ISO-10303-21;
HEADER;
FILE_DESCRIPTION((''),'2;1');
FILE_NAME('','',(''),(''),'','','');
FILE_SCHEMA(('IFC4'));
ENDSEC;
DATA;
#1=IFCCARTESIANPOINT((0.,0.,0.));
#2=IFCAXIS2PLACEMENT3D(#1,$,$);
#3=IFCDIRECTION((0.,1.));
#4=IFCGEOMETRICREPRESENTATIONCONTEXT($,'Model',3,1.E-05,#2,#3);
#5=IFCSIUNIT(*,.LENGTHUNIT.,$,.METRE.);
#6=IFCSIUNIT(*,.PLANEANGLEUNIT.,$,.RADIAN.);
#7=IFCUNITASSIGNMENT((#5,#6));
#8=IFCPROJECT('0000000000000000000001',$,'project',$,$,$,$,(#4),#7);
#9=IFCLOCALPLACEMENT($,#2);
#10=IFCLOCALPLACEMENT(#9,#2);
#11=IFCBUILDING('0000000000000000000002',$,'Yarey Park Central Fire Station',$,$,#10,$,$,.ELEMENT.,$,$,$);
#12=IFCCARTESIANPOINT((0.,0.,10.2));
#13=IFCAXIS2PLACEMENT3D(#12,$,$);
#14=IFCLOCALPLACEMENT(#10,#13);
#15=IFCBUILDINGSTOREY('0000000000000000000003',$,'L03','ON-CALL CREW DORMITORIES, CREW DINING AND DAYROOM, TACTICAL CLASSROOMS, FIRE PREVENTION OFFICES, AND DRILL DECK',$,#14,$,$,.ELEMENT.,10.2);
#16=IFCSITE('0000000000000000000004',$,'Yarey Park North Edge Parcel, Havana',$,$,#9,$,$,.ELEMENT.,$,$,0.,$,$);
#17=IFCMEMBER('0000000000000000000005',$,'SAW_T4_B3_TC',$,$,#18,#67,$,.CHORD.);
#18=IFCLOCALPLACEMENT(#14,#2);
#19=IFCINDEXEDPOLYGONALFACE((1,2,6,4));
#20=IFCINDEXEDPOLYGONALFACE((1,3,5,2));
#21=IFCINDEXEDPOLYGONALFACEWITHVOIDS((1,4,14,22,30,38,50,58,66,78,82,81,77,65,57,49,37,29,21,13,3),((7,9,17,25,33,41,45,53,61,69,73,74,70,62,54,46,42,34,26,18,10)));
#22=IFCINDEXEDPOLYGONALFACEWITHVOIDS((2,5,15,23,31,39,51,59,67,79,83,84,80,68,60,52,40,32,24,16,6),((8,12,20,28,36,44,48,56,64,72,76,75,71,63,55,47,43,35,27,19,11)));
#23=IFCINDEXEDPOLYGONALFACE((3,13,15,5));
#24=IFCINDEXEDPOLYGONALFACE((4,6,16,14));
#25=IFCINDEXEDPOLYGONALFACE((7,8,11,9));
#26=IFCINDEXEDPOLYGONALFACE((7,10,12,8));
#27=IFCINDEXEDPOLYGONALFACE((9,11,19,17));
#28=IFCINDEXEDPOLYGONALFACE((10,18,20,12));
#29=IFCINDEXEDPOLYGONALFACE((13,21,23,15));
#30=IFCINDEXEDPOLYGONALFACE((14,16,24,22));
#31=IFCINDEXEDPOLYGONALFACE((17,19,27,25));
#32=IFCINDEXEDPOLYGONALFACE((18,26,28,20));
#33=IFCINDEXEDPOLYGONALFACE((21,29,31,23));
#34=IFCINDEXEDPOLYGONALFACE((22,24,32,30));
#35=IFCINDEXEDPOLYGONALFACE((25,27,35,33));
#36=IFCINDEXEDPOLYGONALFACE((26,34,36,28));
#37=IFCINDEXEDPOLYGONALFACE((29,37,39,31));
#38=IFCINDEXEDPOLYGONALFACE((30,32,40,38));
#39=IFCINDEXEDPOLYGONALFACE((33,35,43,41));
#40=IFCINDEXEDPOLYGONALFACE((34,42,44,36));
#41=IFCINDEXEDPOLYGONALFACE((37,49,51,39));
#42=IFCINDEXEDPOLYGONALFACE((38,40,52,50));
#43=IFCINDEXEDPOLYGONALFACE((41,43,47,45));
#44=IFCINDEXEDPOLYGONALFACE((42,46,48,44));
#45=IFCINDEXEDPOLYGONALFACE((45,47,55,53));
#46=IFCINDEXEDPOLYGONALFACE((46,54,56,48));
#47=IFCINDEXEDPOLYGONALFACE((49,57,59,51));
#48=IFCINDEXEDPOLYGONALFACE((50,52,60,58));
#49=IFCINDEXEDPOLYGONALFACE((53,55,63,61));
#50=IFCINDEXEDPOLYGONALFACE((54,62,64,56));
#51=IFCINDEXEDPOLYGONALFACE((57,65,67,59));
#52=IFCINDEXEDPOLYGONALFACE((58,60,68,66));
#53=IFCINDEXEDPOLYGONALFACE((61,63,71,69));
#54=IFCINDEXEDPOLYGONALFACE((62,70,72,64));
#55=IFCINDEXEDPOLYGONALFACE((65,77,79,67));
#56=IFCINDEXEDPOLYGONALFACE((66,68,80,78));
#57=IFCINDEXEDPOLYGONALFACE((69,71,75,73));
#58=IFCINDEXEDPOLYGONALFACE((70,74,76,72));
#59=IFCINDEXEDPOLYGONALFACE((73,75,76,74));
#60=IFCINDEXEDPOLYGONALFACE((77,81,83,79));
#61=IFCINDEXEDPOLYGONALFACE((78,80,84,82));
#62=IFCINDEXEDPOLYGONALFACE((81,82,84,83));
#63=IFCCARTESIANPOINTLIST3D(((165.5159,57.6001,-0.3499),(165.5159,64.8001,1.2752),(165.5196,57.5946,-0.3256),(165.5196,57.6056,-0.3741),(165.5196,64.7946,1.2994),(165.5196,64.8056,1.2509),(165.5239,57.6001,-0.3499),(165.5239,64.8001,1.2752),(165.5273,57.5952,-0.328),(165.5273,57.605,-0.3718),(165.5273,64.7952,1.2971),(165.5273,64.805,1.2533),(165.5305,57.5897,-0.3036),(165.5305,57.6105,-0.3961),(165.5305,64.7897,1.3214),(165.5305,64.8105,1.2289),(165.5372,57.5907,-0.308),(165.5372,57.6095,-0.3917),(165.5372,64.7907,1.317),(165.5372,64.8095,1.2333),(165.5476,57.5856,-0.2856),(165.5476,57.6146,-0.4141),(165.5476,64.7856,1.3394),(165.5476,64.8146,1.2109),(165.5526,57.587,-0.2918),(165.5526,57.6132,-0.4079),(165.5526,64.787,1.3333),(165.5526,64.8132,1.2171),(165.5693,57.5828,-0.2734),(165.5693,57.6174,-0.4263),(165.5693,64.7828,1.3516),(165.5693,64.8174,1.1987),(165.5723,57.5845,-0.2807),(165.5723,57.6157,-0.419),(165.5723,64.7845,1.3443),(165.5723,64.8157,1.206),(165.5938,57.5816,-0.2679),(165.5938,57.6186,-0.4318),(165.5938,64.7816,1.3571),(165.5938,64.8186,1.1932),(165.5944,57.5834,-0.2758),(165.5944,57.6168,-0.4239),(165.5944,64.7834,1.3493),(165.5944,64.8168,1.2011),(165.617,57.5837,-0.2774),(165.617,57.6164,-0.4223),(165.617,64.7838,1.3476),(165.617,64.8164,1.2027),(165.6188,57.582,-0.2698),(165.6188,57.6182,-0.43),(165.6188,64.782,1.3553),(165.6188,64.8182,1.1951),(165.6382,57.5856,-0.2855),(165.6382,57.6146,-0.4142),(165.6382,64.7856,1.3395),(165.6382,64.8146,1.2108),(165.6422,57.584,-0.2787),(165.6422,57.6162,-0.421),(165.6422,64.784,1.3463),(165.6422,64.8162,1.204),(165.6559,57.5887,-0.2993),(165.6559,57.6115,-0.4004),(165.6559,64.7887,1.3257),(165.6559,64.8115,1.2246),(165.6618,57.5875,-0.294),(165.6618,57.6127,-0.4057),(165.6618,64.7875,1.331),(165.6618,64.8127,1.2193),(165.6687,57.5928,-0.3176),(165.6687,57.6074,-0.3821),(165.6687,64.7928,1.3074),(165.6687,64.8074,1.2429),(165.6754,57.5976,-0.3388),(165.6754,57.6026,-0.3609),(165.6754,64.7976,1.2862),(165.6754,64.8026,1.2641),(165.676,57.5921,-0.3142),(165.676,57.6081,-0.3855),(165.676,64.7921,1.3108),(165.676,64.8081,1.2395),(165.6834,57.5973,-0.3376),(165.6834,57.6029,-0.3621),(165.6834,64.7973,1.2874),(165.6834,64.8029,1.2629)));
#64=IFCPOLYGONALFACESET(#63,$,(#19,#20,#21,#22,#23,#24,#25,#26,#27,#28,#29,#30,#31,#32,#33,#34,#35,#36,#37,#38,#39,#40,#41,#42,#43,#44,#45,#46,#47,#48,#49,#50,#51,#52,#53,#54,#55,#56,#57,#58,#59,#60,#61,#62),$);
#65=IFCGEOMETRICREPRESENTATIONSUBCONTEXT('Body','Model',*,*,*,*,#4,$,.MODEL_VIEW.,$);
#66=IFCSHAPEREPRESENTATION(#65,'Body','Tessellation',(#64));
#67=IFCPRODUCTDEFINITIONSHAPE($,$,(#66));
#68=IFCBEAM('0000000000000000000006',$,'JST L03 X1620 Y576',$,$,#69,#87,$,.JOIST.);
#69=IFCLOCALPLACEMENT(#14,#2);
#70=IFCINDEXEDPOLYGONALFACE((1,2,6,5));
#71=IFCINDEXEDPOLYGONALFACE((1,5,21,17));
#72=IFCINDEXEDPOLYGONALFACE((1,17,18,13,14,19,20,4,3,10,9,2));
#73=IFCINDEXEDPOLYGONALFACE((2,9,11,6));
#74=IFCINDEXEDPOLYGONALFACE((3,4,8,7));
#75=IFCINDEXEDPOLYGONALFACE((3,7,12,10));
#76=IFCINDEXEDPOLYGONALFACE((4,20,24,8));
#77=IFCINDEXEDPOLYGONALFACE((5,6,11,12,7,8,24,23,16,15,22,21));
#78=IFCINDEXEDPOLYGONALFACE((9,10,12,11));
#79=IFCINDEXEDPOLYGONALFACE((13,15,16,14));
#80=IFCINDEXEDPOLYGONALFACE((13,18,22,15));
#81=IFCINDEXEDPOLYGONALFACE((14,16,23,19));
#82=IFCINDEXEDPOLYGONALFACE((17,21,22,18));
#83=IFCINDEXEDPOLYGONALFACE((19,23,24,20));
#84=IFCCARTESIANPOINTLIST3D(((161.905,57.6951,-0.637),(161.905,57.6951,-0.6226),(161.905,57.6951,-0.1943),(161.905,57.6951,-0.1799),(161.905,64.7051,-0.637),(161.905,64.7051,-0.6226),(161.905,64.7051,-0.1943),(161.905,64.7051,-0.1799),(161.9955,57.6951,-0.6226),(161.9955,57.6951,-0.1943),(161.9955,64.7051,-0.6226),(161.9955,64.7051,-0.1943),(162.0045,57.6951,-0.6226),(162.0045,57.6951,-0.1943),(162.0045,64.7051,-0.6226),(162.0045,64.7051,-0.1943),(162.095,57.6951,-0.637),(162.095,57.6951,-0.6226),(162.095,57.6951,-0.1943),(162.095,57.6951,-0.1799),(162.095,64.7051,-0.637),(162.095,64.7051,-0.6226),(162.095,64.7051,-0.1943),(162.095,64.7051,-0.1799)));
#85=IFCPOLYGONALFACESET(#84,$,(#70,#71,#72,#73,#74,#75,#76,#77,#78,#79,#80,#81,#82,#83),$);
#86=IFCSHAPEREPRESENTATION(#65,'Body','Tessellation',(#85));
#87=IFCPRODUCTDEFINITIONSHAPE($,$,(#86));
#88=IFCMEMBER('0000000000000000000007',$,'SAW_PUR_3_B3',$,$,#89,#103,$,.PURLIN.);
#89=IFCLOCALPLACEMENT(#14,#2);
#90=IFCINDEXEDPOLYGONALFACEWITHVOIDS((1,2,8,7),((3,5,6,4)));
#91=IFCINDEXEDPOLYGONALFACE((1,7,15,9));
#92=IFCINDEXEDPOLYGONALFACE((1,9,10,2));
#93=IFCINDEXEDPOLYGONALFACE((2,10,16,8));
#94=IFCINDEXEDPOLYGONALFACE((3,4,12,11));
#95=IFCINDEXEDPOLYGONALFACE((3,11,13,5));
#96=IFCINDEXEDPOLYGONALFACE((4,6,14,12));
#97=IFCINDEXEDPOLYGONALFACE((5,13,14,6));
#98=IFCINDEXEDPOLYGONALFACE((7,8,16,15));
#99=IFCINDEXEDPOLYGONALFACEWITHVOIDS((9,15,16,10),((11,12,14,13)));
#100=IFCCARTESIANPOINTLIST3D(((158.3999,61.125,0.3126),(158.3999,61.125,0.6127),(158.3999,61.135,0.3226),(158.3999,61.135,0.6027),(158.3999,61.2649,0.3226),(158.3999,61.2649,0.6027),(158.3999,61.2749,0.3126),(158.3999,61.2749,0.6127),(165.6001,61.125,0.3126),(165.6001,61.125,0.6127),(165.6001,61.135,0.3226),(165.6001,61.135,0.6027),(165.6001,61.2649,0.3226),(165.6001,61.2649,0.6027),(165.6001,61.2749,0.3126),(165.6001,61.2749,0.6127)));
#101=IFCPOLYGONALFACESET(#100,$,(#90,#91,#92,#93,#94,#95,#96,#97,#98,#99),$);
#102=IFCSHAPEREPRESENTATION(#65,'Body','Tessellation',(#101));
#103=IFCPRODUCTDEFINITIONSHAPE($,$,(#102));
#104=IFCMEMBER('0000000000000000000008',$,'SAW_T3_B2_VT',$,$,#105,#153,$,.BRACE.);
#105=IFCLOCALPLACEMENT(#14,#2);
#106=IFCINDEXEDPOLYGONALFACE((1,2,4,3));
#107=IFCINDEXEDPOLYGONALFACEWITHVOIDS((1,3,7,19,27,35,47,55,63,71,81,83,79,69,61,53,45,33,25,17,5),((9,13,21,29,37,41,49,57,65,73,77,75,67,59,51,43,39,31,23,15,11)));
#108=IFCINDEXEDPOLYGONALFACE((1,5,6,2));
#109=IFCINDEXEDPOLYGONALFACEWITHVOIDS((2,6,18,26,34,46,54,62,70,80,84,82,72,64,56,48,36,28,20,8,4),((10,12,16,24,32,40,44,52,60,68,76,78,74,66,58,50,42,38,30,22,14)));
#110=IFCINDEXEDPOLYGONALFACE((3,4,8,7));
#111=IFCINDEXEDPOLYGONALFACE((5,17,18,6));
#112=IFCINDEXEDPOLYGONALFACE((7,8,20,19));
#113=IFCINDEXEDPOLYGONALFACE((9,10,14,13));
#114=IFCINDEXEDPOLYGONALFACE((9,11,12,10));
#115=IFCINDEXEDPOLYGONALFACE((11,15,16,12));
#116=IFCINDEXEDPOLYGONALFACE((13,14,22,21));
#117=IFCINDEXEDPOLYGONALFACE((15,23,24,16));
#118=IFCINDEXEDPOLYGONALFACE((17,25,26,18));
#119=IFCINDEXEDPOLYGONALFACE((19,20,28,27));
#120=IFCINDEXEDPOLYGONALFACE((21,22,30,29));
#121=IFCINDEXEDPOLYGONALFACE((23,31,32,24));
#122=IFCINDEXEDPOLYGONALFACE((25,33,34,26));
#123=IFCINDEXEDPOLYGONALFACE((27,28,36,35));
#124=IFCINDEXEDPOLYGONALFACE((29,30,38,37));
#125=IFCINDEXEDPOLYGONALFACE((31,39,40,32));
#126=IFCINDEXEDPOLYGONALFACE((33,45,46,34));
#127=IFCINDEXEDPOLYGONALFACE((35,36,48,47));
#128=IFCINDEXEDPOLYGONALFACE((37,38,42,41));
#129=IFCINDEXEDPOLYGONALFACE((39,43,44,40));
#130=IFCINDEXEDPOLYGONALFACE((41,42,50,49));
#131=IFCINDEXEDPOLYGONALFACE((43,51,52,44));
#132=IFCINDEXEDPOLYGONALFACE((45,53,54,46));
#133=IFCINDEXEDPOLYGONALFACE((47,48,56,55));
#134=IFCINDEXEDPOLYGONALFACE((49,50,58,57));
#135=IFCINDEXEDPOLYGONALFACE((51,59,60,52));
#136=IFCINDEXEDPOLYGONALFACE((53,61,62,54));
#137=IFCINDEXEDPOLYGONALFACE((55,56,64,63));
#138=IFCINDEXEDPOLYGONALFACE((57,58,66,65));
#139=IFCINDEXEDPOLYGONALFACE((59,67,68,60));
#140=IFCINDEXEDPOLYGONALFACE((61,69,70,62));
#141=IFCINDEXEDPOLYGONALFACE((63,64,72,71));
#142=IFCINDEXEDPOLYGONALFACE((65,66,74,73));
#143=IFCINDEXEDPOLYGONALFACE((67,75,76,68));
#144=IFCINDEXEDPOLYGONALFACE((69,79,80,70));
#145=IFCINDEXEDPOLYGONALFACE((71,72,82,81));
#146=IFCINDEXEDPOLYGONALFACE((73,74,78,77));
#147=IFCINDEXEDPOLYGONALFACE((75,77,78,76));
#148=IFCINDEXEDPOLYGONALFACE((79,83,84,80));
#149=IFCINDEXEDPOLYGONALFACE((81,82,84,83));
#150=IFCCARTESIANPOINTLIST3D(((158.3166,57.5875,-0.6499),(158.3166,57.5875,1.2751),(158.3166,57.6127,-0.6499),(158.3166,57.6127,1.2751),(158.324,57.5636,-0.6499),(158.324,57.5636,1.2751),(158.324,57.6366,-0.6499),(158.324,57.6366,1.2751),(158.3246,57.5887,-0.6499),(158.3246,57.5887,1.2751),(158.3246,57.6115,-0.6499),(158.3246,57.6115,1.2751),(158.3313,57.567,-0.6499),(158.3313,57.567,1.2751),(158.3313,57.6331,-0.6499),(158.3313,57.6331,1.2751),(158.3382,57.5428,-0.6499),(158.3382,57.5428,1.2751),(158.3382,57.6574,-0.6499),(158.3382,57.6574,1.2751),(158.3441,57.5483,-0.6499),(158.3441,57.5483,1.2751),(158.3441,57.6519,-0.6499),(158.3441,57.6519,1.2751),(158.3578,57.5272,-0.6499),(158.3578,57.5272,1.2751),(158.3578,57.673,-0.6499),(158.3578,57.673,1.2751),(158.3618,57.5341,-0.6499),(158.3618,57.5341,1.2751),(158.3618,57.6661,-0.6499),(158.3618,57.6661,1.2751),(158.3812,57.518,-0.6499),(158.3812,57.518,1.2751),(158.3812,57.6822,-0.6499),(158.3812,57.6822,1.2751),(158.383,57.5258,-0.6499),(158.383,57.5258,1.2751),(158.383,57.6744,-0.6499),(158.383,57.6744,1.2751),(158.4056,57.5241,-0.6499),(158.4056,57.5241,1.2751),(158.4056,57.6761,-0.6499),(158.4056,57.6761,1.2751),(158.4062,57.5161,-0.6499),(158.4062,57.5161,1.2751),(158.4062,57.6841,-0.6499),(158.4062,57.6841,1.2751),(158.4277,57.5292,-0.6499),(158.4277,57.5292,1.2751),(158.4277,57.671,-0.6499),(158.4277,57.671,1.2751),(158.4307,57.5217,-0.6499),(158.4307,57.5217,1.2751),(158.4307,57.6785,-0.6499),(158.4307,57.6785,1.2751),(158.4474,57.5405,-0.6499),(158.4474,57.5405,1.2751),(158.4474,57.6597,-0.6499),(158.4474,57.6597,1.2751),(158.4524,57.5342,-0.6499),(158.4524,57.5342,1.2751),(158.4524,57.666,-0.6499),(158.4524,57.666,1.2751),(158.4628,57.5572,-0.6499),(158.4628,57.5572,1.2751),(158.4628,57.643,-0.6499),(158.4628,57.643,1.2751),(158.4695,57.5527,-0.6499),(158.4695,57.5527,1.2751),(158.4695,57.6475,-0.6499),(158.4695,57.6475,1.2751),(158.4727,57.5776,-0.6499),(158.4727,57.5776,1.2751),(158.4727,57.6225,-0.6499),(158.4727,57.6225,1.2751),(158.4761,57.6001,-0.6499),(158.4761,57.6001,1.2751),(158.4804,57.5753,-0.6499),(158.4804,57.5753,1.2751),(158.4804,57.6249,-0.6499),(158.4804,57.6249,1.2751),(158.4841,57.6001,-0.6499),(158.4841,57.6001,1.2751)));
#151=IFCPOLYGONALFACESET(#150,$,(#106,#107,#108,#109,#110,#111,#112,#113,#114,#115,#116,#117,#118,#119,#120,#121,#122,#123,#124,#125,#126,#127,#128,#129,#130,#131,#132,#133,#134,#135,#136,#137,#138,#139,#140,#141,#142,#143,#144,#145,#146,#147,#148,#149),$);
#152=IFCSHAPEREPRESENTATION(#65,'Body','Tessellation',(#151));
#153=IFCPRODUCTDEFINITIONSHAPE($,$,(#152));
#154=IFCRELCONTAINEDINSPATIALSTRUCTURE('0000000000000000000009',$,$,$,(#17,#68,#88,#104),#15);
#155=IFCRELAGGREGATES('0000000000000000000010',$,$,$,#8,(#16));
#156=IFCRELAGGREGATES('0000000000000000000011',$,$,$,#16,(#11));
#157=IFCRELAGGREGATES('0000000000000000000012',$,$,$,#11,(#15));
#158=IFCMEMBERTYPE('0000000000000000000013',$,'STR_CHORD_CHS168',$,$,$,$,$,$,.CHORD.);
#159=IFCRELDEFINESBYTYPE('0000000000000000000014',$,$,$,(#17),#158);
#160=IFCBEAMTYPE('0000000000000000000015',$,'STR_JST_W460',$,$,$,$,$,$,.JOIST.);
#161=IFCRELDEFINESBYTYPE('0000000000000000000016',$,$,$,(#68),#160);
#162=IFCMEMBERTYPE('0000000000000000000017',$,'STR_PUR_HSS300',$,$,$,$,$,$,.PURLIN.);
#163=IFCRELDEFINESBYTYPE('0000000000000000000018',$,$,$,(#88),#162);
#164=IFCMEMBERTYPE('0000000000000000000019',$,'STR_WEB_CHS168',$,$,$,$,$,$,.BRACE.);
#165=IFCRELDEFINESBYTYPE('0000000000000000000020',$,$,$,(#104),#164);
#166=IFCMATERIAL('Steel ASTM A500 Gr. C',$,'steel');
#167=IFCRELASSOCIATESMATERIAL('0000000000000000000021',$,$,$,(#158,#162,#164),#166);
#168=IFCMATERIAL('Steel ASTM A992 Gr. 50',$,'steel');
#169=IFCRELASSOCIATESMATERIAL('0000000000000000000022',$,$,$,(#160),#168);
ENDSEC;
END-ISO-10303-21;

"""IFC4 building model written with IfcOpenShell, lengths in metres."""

from ifc_helpers import new_model, si_unit, direction, frame, origin, origin_2d, place, context, subcontext, project, spatial, hollow_rectangle, hollow_circle, i_section, extrude, material, material_profile, profile_set, type_object, element, save


model = new_model("IFC4")

# Units and contexts
model_context = context("Model", 3, precision=1e-05, world=origin(), true_north=direction((0.0, 1.0)))
body_context = subcontext(model_context, "Body", "Model", "MODEL_VIEW")
ifc_project = project(units=[si_unit("LENGTHUNIT", "METRE"), si_unit("PLANEANGLEUNIT", "RADIAN")], contexts=[model_context])

# Site, building, storey
site_placement = place(None, origin())
site = spatial("IfcSite", under=ifc_project, at=site_placement, Name="Yarey Park North Edge Parcel, Havana", CompositionType="ELEMENT", RefElevation=0.0)
building_placement = place(site_placement, origin())
building = spatial("IfcBuilding", under=site, at=building_placement, Name="Yarey Park Central Fire Station", CompositionType="ELEMENT")
storey_placement = place(building_placement, frame((0.0, 0.0, 10.2)))
storey = spatial("IfcBuildingStorey", under=building, at=storey_placement, Name="L03", Description="ON-CALL CREW DORMITORIES, CREW DINING AND DAYROOM, TACTICAL CLASSROOMS, FIRE PREVENTION OFFICES, AND DRILL DECK", CompositionType="ELEMENT", Elevation=10.2)

# Shared definitions
ifc_material_1 = material(Name="Steel ASTM A992 Gr. 50", Category="steel")

# Member
ifc_material_2 = material(Name="Steel ASTM A500 Gr. C", Category="steel")
ifc_material_profile_1 = material_profile(ifc_material_2, hollow_circle(Radius=0.0842, WallThickness=0.0081, at=origin_2d()), Name="CHS 168.3x8")
ifc_profile_set_1 = profile_set([ifc_material_profile_1], Name="Steel ASTM A500 Gr. C")
member_type_1 = type_object("IfcMemberType", Name="STR_CHORD_CHS168", PredefinedType="CHORD", material=ifc_profile_set_1)
member_1_placement = place(storey_placement, frame((165.6001, 57.6001, -0.3499), z_axis=(0.0, 0.975464, 0.220158), x_axis=(-1.0, 0.0, 0.0)))
element("IfcMember", 1, at=member_1_placement, inside=storey, type_object=member_type_1, Name="SAW_T4_B3_TC", PredefinedType="CHORD", context=body_context, shape_type="SweptSolid", body=[
    extrude(hollow_circle(Radius=0.0842, WallThickness=0.0081, at=origin_2d()), origin(), (0.0, 0.0, 1.0), 7.3811),
])

# Beam
ifc_material_profile_2 = material_profile(ifc_material_1, i_section(OverallWidth=0.1899, OverallDepth=0.457, WebThickness=0.009, FlangeThickness=0.0144, at=origin_2d()), Name="W460x74")
ifc_profile_set_2 = profile_set([ifc_material_profile_2], Name="Steel ASTM A992 Gr. 50")
beam_type_1 = type_object("IfcBeamType", Name="STR_JST_W460", PredefinedType="JOIST", material=ifc_profile_set_2)
beam_placement = place(storey_placement, frame((162.0, 57.6951, -0.4084), z_axis=(0.0, 1.0, 0.0), x_axis=(-1.0, 0.0, 0.0)))
element("IfcBeam", 2, at=beam_placement, inside=storey, type_object=beam_type_1, Name="JST L03 X1620 Y576", PredefinedType="JOIST", context=body_context, shape_type="SweptSolid", body=[
    extrude(i_section(OverallWidth=0.1899, OverallDepth=0.457, WebThickness=0.009, FlangeThickness=0.0144, at=origin_2d()), origin(), (0.0, 0.0, 1.0), 7.01),
])

# Members
ifc_material_profile_3 = material_profile(ifc_material_2, hollow_rectangle(XDim=0.1499, YDim=0.3, WallThickness=0.01, at=origin_2d()), Name="HSS 300x150x10")
ifc_profile_set_3 = profile_set([ifc_material_profile_3], Name="Steel ASTM A500 Gr. C")
member_type_2 = type_object("IfcMemberType", Name="STR_PUR_HSS300", PredefinedType="PURLIN", material=ifc_profile_set_3)
member_2_placement = place(storey_placement, frame((158.3999, 61.2, 0.4626), z_axis=(1.0, 0.0, 0.0), x_axis=(0.0, 1.0, 0.0)))
element("IfcMember", 3, at=member_2_placement, inside=storey, type_object=member_type_2, Name="SAW_PUR_3_B3", PredefinedType="PURLIN", context=body_context, shape_type="SweptSolid", body=[
    extrude(hollow_rectangle(XDim=0.1499, YDim=0.3, WallThickness=0.01, at=origin_2d()), origin(), (0.0, 0.0, 1.0), 7.2002),
])
ifc_material_profile_4 = material_profile(ifc_material_2, hollow_circle(Radius=0.0842, WallThickness=0.0081, at=origin_2d()), Name="CHS 168.3x8")
ifc_profile_set_4 = profile_set([ifc_material_profile_4], Name="Steel ASTM A500 Gr. C")
member_type_3 = type_object("IfcMemberType", Name="STR_WEB_CHS168", PredefinedType="BRACE", material=ifc_profile_set_4)
for number, where, z_axis, x_axis, name in (
    (4, (158.3999, 57.6001, -0.6499), (0.0, 0.0, 1.0), (1.0, 0.0, 0.0), "SAW_T3_B2_VT"),
):
    element("IfcMember", number, at=place(storey_placement, frame(where, z_axis=z_axis, x_axis=x_axis)), inside=storey, type_object=member_type_3, Name=name, PredefinedType="BRACE", context=body_context, shape_type="SweptSolid", body=[
        extrude(hollow_circle(Radius=0.0842, WallThickness=0.0081, at=origin_2d()), origin(), (0.0, 0.0, 1.0), 1.925),
    ])

save(model, "model.ifc")
